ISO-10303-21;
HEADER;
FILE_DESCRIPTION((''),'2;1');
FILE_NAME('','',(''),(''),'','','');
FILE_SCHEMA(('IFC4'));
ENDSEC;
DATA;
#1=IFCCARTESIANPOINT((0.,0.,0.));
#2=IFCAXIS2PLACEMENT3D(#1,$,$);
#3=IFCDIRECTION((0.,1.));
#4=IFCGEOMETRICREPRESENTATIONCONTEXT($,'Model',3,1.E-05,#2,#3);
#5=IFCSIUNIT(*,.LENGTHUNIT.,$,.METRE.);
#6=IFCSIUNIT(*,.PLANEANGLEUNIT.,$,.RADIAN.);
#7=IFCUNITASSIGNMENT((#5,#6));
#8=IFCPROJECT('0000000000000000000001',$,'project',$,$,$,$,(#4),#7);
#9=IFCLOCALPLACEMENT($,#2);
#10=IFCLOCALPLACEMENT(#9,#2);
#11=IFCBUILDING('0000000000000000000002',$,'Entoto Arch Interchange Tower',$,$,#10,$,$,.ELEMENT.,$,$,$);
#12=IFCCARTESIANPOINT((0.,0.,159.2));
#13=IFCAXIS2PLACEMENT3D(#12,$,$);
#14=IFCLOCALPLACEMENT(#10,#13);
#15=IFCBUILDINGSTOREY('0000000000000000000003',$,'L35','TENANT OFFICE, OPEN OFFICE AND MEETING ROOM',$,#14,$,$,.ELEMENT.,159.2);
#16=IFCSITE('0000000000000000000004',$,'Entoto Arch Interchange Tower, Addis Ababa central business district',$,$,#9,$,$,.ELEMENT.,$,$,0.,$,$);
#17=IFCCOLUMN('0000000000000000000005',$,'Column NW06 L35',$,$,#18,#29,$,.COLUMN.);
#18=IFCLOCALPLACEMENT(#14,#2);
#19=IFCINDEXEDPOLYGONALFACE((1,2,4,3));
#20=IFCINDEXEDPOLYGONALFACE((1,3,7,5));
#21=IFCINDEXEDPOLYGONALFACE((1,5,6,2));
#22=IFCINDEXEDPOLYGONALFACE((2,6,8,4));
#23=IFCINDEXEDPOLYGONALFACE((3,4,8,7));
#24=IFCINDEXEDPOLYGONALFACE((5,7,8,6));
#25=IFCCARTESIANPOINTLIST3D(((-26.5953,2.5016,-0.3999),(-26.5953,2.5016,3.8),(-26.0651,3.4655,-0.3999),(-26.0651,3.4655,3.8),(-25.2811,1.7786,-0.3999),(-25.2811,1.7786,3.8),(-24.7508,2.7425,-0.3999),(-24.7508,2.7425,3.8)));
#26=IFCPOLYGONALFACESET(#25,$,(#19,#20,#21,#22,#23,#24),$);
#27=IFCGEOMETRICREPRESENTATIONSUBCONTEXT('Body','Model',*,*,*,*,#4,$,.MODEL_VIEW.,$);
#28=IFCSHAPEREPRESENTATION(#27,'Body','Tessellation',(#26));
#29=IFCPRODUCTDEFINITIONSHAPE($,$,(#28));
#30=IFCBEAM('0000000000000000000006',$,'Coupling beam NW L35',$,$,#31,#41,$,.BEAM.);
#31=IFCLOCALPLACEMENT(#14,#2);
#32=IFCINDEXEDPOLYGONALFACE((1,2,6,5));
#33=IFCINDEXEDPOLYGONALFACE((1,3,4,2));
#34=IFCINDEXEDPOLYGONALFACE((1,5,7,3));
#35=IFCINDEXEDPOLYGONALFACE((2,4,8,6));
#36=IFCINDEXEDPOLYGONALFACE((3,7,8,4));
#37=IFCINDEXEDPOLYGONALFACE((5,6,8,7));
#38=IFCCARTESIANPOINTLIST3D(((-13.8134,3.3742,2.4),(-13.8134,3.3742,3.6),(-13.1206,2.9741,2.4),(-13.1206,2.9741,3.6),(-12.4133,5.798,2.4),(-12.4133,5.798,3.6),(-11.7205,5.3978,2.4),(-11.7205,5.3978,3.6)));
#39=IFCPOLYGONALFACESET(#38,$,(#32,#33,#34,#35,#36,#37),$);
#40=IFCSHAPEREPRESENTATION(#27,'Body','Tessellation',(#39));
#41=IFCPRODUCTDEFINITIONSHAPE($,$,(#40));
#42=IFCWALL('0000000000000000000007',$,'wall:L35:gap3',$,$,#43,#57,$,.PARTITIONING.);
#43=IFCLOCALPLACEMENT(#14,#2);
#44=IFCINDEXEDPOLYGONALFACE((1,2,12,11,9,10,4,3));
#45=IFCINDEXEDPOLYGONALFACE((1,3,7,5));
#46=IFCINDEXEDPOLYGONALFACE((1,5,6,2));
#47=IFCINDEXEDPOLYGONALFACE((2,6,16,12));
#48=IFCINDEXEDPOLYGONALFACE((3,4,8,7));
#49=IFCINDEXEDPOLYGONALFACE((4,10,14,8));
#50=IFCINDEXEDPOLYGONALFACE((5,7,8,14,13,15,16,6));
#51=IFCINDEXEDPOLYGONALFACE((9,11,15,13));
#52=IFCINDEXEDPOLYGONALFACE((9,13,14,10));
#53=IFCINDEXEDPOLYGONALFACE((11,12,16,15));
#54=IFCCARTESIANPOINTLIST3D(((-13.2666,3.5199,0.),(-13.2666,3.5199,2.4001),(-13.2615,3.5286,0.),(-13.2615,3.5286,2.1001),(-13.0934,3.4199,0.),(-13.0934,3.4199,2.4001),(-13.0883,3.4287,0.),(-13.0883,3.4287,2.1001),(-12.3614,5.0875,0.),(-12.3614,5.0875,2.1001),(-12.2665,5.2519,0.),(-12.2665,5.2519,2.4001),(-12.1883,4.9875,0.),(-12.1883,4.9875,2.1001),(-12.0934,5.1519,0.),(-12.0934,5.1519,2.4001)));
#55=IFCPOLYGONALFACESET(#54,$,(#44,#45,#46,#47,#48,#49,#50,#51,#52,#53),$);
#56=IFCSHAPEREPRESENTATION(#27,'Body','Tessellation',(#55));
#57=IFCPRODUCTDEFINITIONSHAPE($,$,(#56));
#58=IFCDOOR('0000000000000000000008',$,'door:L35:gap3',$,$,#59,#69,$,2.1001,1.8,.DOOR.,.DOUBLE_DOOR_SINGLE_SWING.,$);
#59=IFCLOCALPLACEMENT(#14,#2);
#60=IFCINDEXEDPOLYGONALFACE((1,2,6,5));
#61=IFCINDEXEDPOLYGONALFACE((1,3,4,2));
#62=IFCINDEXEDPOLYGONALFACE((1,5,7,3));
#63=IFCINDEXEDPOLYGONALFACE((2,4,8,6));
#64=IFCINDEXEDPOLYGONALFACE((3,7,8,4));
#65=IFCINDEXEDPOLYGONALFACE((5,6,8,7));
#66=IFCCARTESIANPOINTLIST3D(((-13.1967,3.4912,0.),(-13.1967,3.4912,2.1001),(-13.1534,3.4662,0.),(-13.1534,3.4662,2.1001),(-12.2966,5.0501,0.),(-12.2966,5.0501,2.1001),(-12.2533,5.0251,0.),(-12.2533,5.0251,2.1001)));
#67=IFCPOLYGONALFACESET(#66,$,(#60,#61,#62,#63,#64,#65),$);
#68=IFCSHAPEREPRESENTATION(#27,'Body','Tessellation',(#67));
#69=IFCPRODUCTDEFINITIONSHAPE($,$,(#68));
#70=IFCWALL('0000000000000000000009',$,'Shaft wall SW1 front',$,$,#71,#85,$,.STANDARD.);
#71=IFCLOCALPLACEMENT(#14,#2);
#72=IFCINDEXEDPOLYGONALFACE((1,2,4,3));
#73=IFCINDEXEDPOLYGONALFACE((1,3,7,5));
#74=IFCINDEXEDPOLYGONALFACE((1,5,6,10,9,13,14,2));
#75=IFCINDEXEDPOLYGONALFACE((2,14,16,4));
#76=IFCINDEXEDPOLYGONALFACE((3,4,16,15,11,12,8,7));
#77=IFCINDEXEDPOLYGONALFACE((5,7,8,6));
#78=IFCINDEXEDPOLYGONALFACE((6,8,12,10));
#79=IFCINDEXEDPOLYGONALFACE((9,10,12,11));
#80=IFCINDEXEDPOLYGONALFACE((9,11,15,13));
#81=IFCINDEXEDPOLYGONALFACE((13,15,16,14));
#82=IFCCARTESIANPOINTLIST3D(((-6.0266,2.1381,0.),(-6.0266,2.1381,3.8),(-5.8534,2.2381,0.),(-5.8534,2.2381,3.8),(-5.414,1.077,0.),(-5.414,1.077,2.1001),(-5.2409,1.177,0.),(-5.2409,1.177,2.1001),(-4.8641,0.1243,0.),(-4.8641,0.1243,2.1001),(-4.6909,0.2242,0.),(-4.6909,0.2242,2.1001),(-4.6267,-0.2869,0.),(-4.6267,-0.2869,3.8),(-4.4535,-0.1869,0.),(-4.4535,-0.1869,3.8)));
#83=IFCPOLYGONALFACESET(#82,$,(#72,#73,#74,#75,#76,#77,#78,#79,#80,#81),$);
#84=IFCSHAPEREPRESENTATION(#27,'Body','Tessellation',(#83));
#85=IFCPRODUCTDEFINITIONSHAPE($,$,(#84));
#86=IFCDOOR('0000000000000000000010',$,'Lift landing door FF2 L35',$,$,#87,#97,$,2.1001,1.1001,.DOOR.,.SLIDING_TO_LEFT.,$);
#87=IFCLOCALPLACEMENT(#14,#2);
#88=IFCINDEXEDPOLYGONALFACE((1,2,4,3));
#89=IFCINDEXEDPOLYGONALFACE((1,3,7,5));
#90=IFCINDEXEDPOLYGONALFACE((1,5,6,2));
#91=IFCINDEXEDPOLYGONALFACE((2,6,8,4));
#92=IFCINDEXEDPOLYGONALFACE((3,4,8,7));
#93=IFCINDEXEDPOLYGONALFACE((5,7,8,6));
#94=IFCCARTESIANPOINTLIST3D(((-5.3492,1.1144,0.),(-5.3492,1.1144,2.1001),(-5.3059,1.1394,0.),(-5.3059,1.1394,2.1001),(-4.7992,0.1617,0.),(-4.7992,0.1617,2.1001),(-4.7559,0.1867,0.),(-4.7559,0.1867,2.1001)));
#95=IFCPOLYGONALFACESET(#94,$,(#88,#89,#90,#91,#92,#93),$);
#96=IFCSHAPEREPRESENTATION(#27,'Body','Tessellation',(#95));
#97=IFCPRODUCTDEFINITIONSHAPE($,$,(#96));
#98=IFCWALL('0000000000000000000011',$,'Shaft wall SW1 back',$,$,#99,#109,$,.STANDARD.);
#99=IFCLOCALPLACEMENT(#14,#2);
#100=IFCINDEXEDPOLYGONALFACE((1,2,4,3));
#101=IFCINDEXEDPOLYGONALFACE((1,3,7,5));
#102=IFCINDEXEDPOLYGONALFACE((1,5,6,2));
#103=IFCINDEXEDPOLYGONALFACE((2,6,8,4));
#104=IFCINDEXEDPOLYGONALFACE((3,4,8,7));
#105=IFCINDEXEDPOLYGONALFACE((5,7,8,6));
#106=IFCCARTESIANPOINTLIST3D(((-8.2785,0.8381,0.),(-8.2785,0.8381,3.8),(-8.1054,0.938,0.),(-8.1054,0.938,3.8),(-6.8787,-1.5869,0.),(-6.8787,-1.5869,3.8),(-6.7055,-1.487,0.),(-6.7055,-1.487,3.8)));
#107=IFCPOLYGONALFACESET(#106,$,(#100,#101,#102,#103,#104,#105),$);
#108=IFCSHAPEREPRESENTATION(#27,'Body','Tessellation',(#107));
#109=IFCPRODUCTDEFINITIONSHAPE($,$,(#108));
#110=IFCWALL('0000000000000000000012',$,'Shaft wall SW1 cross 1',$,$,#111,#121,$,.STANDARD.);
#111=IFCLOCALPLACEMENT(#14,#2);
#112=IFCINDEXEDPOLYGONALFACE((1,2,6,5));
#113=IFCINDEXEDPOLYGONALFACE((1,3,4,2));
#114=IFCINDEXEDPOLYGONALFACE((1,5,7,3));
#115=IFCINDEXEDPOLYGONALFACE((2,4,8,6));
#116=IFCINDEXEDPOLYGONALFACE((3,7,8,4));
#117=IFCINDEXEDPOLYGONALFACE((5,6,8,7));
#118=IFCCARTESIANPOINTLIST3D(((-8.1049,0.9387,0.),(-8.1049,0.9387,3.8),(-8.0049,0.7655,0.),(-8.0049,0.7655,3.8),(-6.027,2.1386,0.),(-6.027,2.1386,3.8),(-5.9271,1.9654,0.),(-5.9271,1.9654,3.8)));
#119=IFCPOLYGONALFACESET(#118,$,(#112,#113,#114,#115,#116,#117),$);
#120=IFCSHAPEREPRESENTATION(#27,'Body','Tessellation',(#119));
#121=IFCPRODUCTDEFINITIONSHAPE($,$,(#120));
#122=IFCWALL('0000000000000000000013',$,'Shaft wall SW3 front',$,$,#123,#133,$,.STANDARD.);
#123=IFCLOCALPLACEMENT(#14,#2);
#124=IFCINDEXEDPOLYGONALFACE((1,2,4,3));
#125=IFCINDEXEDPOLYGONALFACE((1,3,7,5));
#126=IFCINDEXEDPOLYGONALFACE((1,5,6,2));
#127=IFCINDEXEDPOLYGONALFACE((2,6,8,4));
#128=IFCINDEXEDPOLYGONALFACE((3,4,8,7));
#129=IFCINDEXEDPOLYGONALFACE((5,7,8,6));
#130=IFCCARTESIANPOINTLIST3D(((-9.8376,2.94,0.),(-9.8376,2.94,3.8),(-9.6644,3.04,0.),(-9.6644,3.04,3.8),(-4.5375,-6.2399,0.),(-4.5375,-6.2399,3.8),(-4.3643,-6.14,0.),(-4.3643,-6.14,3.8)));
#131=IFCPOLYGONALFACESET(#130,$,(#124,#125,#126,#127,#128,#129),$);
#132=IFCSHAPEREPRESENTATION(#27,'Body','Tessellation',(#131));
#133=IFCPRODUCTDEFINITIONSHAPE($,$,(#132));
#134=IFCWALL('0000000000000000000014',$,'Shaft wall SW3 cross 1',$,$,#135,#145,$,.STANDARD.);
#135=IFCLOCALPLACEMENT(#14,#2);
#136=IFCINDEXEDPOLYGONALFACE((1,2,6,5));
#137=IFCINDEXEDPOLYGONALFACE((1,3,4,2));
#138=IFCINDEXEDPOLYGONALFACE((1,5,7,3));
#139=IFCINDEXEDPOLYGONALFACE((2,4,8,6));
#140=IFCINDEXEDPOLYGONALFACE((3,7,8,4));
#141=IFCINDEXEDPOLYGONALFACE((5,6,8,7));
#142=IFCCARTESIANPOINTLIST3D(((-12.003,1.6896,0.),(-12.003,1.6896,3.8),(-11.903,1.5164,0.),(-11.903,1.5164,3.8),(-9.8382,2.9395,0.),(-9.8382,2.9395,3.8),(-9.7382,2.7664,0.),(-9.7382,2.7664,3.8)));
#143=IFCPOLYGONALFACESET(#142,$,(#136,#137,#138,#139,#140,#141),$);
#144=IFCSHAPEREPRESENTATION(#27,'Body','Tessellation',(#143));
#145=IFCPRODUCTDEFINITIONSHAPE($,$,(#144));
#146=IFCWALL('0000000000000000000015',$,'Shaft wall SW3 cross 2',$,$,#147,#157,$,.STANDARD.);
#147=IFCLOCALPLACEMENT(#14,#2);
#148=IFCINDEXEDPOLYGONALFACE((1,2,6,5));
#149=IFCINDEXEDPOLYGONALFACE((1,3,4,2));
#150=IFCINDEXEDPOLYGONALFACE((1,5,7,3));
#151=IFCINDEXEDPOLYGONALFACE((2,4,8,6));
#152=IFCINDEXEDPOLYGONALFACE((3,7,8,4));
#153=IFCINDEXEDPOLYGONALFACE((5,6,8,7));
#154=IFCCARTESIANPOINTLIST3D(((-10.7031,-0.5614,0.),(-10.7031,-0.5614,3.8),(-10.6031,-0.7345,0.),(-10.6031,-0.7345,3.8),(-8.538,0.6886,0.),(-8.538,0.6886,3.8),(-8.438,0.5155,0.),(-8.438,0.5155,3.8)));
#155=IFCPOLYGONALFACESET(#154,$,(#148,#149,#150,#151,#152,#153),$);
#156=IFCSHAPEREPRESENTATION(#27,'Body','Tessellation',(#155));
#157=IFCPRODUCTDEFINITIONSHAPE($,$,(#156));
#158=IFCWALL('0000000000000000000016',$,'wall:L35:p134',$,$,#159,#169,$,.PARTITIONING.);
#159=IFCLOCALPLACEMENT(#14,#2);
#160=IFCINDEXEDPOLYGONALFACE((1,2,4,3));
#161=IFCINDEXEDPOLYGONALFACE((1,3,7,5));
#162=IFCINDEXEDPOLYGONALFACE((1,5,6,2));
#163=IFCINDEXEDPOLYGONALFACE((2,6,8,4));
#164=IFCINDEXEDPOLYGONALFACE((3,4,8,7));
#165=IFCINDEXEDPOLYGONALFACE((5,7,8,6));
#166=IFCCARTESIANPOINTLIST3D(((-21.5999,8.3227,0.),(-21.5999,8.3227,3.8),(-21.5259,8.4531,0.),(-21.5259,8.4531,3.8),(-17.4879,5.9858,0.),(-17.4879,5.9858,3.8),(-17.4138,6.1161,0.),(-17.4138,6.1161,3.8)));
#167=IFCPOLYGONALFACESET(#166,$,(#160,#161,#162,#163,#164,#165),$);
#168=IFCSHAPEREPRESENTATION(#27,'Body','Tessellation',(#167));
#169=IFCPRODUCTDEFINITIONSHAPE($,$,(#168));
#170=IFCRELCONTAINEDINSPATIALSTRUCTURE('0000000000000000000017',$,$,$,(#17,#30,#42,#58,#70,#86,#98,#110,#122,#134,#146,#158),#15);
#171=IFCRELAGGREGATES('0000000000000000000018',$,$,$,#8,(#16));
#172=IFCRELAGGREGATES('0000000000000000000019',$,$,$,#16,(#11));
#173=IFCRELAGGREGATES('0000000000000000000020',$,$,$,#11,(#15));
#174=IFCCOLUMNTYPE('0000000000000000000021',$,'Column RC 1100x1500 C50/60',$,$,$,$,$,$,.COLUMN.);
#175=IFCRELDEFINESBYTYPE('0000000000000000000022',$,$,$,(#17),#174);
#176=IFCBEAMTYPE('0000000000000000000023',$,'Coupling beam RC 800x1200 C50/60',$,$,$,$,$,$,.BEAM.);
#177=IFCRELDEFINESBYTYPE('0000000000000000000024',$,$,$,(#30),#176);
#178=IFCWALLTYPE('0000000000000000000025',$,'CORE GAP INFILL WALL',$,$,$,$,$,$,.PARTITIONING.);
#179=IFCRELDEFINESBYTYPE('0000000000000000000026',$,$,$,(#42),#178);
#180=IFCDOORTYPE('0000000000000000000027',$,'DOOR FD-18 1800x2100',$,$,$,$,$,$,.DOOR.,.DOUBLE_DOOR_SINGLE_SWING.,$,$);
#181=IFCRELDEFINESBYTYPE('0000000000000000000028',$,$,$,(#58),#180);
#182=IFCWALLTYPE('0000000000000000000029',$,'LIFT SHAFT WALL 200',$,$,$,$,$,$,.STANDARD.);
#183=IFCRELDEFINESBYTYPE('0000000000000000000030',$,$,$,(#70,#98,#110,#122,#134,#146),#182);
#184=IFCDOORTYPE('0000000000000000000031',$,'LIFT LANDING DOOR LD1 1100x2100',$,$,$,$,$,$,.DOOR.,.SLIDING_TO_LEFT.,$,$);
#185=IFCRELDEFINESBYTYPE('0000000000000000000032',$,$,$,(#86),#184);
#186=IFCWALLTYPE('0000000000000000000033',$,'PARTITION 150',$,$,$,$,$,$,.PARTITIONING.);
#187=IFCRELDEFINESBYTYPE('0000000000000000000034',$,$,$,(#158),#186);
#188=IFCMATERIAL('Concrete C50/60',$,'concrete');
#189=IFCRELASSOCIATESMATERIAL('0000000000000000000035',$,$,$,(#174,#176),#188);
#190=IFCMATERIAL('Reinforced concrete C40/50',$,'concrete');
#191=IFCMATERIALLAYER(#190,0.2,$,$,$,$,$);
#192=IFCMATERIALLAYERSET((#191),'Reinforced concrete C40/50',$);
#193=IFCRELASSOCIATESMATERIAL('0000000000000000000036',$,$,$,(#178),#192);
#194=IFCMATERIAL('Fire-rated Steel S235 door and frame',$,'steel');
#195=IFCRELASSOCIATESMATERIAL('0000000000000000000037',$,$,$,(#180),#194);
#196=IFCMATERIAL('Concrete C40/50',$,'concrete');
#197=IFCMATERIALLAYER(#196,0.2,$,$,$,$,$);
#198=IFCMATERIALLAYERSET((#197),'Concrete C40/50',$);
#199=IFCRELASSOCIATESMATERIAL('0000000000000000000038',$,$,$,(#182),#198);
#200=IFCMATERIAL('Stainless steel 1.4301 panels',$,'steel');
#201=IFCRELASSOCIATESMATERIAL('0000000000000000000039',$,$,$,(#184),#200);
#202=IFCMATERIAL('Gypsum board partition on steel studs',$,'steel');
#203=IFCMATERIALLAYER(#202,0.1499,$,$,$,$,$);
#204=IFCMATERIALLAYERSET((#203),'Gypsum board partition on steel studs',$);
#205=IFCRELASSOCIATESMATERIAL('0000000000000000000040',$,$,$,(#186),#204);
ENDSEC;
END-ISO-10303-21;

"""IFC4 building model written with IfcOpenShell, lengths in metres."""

from ifc_helpers import new_model, si_unit, direction, frame, frame_2d, origin, origin_2d, place, context, subcontext, project, spatial, rectangle, extrude, material, layer, layer_set, material_profile, profile_set, type_object, element, fill, save


model = new_model("IFC4")

# Units and contexts
model_context = context("Model", 3, precision=1e-05, world=origin(), true_north=direction((0.0, 1.0)))
body_context = subcontext(model_context, "Body", "Model", "MODEL_VIEW")
ifc_project = project(units=[si_unit("LENGTHUNIT", "METRE"), si_unit("PLANEANGLEUNIT", "RADIAN")], contexts=[model_context])

# Site, building, storey
site_placement = place(None, origin())
site = spatial("IfcSite", under=ifc_project, at=site_placement, Name="Entoto Arch Interchange Tower, Addis Ababa central business district", CompositionType="ELEMENT", RefElevation=0.0)
building_placement = place(site_placement, origin())
building = spatial("IfcBuilding", under=site, at=building_placement, Name="Entoto Arch Interchange Tower", CompositionType="ELEMENT")
storey_placement = place(building_placement, frame((0.0, 0.0, 159.2)))
storey = spatial("IfcBuildingStorey", under=building, at=storey_placement, Name="L35", Description="TENANT OFFICE, OPEN OFFICE AND MEETING ROOM", CompositionType="ELEMENT", Elevation=159.2)

# Column
ifc_material_1 = material(Name="Concrete C50/60", Category="concrete")
ifc_material_profile_1 = material_profile(ifc_material_1, rectangle(XDim=1.1001, YDim=1.5, at=origin_2d()))
ifc_profile_set_1 = profile_set([ifc_material_profile_1], Name="Concrete C50/60")
column_type = type_object("IfcColumnType", Name="Column RC 1100x1500 C50/60", PredefinedType="COLUMN", material=ifc_profile_set_1)
column_placement = place(storey_placement, frame((-25.6731, 2.6221, -0.3999), z_axis=(0.0, 0.0, 1.0), x_axis=(0.481983, 0.876181, 0.0)))
element("IfcColumn", 1, at=column_placement, inside=storey, type_object=column_type, Name="Column NW06 L35", PredefinedType="COLUMN", context=body_context, shape_type="SweptSolid", body=[
    extrude(rectangle(XDim=1.1001, YDim=1.5, at=origin_2d()), origin(), (0.0, 0.0, 1.0), 4.2),
])

# Beam
ifc_material_profile_2 = material_profile(ifc_material_1, rectangle(XDim=0.8, YDim=1.2, at=origin_2d()))
ifc_profile_set_2 = profile_set([ifc_material_profile_2], Name="Concrete C50/60")
beam_type = type_object("IfcBeamType", Name="Coupling beam RC 800x1200 C50/60", PredefinedType="BEAM", material=ifc_profile_set_2)
beam_placement = place(storey_placement, frame((-12.0669, 5.5979, 3.0), z_axis=(-0.500201, -0.86591, 0.0), x_axis=(0.86591, -0.500201, 0.0)))
element("IfcBeam", 2, at=beam_placement, inside=storey, type_object=beam_type, Name="Coupling beam NW L35", PredefinedType="BEAM", context=body_context, shape_type="SweptSolid", body=[
    extrude(rectangle(XDim=0.8, YDim=1.2, at=origin_2d()), origin(), (0.0, 0.0, 1.0), 2.7991),
])

# Walls, openings, doors
ifc_material_2 = material(Name="Reinforced concrete C40/50", Category="concrete")
ifc_layer_1 = layer(ifc_material_2, 0.2)
ifc_layer_set_1 = layer_set([ifc_layer_1], Name="Reinforced concrete C40/50")
wall_type_1 = type_object("IfcWallType", Name="CORE GAP INFILL WALL", PredefinedType="PARTITIONING", material=ifc_layer_set_1)
wall_1_placement = place(storey_placement, frame((-12.1799, 5.2019, 0.0), z_axis=(0.0, 0.0, 1.0), x_axis=(-0.500025, -0.866011, 0.0)))
wall_1 = element("IfcWall", 3, at=wall_1_placement, inside=storey, type_object=wall_type_1, Name="wall:L35:gap3", PredefinedType="PARTITIONING", context=body_context, shape_type="SweptSolid", body=[
    extrude(rectangle(XDim=2.0, YDim=0.2, at=frame_2d((1.0, 0.0))), origin(), (0.0, 0.0, 1.0), 2.4001),
])
opening_1_placement = place(wall_1_placement, frame((0.1899, 0.0, 0.0)))
opening_1 = element("IfcOpeningElement", 4, at=opening_1_placement, cuts=wall_1, PredefinedType="OPENING", context=body_context, shape_type="SweptSolid", body=[
    extrude(rectangle(XDim=1.8, YDim=2.1001, at=frame_2d((0.8999, 1.05))), frame((0.0, 0.1099, 0.0), z_axis=(0.0, -1.0, 0.0), x_axis=(1.0, 0.0, 0.0)), (0.0, 0.0, 1.0), 0.22),
])
ifc_material_3 = material(Name="Fire-rated Steel S235 door and frame", Category="steel")
door_type_1 = type_object("IfcDoorType", Name="DOOR FD-18 1800x2100", OperationType="DOUBLE_DOOR_SINGLE_SWING", PredefinedType="DOOR", material=ifc_material_3)
door_1_placement = place(opening_1_placement, origin())
door_1 = element("IfcDoor", 5, at=door_1_placement, inside=storey, type_object=door_type_1, Name="door:L35:gap3", OperationType="DOUBLE_DOOR_SINGLE_SWING", OverallHeight=2.1001, OverallWidth=1.8, PredefinedType="DOOR", context=body_context, shape_type="SweptSolid", body=[
    extrude(rectangle(XDim=1.8, YDim=2.1001, at=frame_2d((0.8999, 1.05))), frame((0.0, 0.0249, 0.0), z_axis=(0.0, -1.0, 0.0), x_axis=(1.0, 0.0, 0.0)), (0.0, 0.0, 1.0), 0.05),
])
fill(opening_1, door_1)
ifc_material_4 = material(Name="Concrete C40/50", Category="concrete")
ifc_layer_2 = layer(ifc_material_4, 0.2)
ifc_layer_set_2 = layer_set([ifc_layer_2], Name="Concrete C40/50")
wall_type_2 = type_object("IfcWallType", Name="LIFT SHAFT WALL 200", PredefinedType="STANDARD", material=ifc_layer_set_2)
wall_2_placement = place(storey_placement, frame((-5.9399, 2.188, 0.0), z_axis=(0.0, 0.0, 1.0), x_axis=(0.499946, -0.866056, 0.0)))
wall_2 = element("IfcWall", 6, at=wall_2_placement, inside=storey, type_object=wall_type_2, Name="Shaft wall SW1 front", PredefinedType="STANDARD", context=body_context, shape_type="SweptSolid", body=[
    extrude(rectangle(XDim=2.8, YDim=0.2, at=frame_2d((1.3999, 0.0))), origin(), (0.0, 0.0, 1.0), 3.8),
])
opening_2_placement = place(wall_2_placement, frame((1.2251, 0.0, 0.0)))
opening_2 = element("IfcOpeningElement", 7, at=opening_2_placement, cuts=wall_2, PredefinedType="OPENING", context=body_context, shape_type="SweptSolid", body=[
    extrude(rectangle(XDim=1.1001, YDim=2.1001, at=frame_2d((0.55, 1.05))), frame((0.0, 0.1099, 0.0), z_axis=(0.0, -1.0, 0.0), x_axis=(1.0, 0.0, 0.0)), (0.0, 0.0, 1.0), 0.22),
])
ifc_material_5 = material(Name="Stainless steel 1.4301 panels", Category="steel")
door_type_2 = type_object("IfcDoorType", Name="LIFT LANDING DOOR LD1 1100x2100", OperationType="SLIDING_TO_LEFT", PredefinedType="DOOR", material=ifc_material_5)
door_2_placement = place(opening_2_placement, origin())
door_2 = element("IfcDoor", 8, at=door_2_placement, inside=storey, type_object=door_type_2, Name="Lift landing door FF2 L35", OperationType="SLIDING_TO_LEFT", OverallHeight=2.1001, OverallWidth=1.1001, PredefinedType="DOOR", context=body_context, shape_type="SweptSolid", body=[
    extrude(rectangle(XDim=1.1001, YDim=2.1001, at=frame_2d((0.55, 1.05))), frame((0.0, 0.0249, 0.0), z_axis=(0.0, -1.0, 0.0), x_axis=(1.0, 0.0, 0.0)), (0.0, 0.0, 1.0), 0.05),
])
fill(opening_2, door_2)

# Walls
wall_3_placement = place(storey_placement, frame((-8.1919, 0.8879, 0.0), z_axis=(0.0, 0.0, 1.0), x_axis=(0.499946, -0.866056, 0.0)))
element("IfcWall", 9, at=wall_3_placement, inside=storey, type_object=wall_type_2, Name="Shaft wall SW1 back", PredefinedType="STANDARD", context=body_context, shape_type="SweptSolid", body=[
    extrude(rectangle(XDim=2.8, YDim=0.2, at=frame_2d((1.3999, 0.0))), origin(), (0.0, 0.0, 1.0), 3.8),
])
wall_4_placement = place(storey_placement, frame((-5.9771, 2.052, 0.0), z_axis=(0.0, 0.0, 1.0), x_axis=(-0.865974, -0.500089, 0.0)))
element("IfcWall", 10, at=wall_4_placement, inside=storey, type_object=wall_type_2, Name="Shaft wall SW1 cross 1", PredefinedType="STANDARD", context=body_context, shape_type="SweptSolid", body=[
    extrude(rectangle(XDim=2.3994, YDim=0.2, at=frame_2d((1.1997, 0.0))), origin(), (0.0, 0.0, 1.0), 3.8),
])
wall_5_placement = place(storey_placement, frame((-9.751, 2.99, 0.0), z_axis=(0.0, 0.0, 1.0), x_axis=(0.500001, -0.866025, 0.0)))
element("IfcWall", 11, at=wall_5_placement, inside=storey, type_object=wall_type_2, Name="Shaft wall SW3 front", PredefinedType="STANDARD", context=body_context, shape_type="SweptSolid", body=[
    extrude(rectangle(XDim=10.6001, YDim=0.2, at=frame_2d((5.3, 0.0))), origin(), (0.0, 0.0, 1.0), 3.8),
])
wall_6_placement = place(storey_placement, frame((-9.7881, 2.853, 0.0), z_axis=(0.0, 0.0, 1.0), x_axis=(-0.865999, -0.500047, 0.0)))
element("IfcWall", 12, at=wall_6_placement, inside=storey, type_object=wall_type_2, Name="Shaft wall SW3 cross 1", PredefinedType="STANDARD", context=body_context, shape_type="SweptSolid", body=[
    extrude(rectangle(XDim=2.4998, YDim=0.2, at=frame_2d((1.25, 0.0))), origin(), (0.0, 0.0, 1.0), 3.8),
])
wall_7_placement = place(storey_placement, frame((-8.488, 0.6021, 0.0), z_axis=(0.0, 0.0, 1.0), x_axis=(-0.866023, -0.500004, 0.0)))
element("IfcWall", 13, at=wall_7_placement, inside=storey, type_object=wall_type_2, Name="Shaft wall SW3 cross 2", PredefinedType="STANDARD", context=body_context, shape_type="SweptSolid", body=[
    extrude(rectangle(XDim=2.5, YDim=0.2, at=frame_2d((1.25, 0.0))), origin(), (0.0, 0.0, 1.0), 3.8),
])
ifc_material_6 = material(Name="Gypsum board partition on steel studs", Category="steel")
ifc_layer_3 = layer(ifc_material_6, 0.1499)
ifc_layer_set_3 = layer_set([ifc_layer_3], Name="Gypsum board partition on steel studs")
wall_type_3 = type_object("IfcWallType", Name="PARTITION 150", PredefinedType="PARTITIONING", material=ifc_layer_set_3)
wall_8_placement = place(storey_placement, frame((-17.4509, 6.051, 0.0), z_axis=(0.0, 0.0, 1.0), x_axis=(-0.86941, 0.494092, 0.0)))
element("IfcWall", 14, at=wall_8_placement, inside=storey, type_object=wall_type_3, Name="wall:L35:p134", PredefinedType="PARTITIONING", context=body_context, shape_type="SweptSolid", body=[
    extrude(rectangle(XDim=4.7297, YDim=0.1499, at=frame_2d((2.3647, 0.0))), origin(), (0.0, 0.0, 1.0), 3.8),
])

save(model, "model.ifc")
